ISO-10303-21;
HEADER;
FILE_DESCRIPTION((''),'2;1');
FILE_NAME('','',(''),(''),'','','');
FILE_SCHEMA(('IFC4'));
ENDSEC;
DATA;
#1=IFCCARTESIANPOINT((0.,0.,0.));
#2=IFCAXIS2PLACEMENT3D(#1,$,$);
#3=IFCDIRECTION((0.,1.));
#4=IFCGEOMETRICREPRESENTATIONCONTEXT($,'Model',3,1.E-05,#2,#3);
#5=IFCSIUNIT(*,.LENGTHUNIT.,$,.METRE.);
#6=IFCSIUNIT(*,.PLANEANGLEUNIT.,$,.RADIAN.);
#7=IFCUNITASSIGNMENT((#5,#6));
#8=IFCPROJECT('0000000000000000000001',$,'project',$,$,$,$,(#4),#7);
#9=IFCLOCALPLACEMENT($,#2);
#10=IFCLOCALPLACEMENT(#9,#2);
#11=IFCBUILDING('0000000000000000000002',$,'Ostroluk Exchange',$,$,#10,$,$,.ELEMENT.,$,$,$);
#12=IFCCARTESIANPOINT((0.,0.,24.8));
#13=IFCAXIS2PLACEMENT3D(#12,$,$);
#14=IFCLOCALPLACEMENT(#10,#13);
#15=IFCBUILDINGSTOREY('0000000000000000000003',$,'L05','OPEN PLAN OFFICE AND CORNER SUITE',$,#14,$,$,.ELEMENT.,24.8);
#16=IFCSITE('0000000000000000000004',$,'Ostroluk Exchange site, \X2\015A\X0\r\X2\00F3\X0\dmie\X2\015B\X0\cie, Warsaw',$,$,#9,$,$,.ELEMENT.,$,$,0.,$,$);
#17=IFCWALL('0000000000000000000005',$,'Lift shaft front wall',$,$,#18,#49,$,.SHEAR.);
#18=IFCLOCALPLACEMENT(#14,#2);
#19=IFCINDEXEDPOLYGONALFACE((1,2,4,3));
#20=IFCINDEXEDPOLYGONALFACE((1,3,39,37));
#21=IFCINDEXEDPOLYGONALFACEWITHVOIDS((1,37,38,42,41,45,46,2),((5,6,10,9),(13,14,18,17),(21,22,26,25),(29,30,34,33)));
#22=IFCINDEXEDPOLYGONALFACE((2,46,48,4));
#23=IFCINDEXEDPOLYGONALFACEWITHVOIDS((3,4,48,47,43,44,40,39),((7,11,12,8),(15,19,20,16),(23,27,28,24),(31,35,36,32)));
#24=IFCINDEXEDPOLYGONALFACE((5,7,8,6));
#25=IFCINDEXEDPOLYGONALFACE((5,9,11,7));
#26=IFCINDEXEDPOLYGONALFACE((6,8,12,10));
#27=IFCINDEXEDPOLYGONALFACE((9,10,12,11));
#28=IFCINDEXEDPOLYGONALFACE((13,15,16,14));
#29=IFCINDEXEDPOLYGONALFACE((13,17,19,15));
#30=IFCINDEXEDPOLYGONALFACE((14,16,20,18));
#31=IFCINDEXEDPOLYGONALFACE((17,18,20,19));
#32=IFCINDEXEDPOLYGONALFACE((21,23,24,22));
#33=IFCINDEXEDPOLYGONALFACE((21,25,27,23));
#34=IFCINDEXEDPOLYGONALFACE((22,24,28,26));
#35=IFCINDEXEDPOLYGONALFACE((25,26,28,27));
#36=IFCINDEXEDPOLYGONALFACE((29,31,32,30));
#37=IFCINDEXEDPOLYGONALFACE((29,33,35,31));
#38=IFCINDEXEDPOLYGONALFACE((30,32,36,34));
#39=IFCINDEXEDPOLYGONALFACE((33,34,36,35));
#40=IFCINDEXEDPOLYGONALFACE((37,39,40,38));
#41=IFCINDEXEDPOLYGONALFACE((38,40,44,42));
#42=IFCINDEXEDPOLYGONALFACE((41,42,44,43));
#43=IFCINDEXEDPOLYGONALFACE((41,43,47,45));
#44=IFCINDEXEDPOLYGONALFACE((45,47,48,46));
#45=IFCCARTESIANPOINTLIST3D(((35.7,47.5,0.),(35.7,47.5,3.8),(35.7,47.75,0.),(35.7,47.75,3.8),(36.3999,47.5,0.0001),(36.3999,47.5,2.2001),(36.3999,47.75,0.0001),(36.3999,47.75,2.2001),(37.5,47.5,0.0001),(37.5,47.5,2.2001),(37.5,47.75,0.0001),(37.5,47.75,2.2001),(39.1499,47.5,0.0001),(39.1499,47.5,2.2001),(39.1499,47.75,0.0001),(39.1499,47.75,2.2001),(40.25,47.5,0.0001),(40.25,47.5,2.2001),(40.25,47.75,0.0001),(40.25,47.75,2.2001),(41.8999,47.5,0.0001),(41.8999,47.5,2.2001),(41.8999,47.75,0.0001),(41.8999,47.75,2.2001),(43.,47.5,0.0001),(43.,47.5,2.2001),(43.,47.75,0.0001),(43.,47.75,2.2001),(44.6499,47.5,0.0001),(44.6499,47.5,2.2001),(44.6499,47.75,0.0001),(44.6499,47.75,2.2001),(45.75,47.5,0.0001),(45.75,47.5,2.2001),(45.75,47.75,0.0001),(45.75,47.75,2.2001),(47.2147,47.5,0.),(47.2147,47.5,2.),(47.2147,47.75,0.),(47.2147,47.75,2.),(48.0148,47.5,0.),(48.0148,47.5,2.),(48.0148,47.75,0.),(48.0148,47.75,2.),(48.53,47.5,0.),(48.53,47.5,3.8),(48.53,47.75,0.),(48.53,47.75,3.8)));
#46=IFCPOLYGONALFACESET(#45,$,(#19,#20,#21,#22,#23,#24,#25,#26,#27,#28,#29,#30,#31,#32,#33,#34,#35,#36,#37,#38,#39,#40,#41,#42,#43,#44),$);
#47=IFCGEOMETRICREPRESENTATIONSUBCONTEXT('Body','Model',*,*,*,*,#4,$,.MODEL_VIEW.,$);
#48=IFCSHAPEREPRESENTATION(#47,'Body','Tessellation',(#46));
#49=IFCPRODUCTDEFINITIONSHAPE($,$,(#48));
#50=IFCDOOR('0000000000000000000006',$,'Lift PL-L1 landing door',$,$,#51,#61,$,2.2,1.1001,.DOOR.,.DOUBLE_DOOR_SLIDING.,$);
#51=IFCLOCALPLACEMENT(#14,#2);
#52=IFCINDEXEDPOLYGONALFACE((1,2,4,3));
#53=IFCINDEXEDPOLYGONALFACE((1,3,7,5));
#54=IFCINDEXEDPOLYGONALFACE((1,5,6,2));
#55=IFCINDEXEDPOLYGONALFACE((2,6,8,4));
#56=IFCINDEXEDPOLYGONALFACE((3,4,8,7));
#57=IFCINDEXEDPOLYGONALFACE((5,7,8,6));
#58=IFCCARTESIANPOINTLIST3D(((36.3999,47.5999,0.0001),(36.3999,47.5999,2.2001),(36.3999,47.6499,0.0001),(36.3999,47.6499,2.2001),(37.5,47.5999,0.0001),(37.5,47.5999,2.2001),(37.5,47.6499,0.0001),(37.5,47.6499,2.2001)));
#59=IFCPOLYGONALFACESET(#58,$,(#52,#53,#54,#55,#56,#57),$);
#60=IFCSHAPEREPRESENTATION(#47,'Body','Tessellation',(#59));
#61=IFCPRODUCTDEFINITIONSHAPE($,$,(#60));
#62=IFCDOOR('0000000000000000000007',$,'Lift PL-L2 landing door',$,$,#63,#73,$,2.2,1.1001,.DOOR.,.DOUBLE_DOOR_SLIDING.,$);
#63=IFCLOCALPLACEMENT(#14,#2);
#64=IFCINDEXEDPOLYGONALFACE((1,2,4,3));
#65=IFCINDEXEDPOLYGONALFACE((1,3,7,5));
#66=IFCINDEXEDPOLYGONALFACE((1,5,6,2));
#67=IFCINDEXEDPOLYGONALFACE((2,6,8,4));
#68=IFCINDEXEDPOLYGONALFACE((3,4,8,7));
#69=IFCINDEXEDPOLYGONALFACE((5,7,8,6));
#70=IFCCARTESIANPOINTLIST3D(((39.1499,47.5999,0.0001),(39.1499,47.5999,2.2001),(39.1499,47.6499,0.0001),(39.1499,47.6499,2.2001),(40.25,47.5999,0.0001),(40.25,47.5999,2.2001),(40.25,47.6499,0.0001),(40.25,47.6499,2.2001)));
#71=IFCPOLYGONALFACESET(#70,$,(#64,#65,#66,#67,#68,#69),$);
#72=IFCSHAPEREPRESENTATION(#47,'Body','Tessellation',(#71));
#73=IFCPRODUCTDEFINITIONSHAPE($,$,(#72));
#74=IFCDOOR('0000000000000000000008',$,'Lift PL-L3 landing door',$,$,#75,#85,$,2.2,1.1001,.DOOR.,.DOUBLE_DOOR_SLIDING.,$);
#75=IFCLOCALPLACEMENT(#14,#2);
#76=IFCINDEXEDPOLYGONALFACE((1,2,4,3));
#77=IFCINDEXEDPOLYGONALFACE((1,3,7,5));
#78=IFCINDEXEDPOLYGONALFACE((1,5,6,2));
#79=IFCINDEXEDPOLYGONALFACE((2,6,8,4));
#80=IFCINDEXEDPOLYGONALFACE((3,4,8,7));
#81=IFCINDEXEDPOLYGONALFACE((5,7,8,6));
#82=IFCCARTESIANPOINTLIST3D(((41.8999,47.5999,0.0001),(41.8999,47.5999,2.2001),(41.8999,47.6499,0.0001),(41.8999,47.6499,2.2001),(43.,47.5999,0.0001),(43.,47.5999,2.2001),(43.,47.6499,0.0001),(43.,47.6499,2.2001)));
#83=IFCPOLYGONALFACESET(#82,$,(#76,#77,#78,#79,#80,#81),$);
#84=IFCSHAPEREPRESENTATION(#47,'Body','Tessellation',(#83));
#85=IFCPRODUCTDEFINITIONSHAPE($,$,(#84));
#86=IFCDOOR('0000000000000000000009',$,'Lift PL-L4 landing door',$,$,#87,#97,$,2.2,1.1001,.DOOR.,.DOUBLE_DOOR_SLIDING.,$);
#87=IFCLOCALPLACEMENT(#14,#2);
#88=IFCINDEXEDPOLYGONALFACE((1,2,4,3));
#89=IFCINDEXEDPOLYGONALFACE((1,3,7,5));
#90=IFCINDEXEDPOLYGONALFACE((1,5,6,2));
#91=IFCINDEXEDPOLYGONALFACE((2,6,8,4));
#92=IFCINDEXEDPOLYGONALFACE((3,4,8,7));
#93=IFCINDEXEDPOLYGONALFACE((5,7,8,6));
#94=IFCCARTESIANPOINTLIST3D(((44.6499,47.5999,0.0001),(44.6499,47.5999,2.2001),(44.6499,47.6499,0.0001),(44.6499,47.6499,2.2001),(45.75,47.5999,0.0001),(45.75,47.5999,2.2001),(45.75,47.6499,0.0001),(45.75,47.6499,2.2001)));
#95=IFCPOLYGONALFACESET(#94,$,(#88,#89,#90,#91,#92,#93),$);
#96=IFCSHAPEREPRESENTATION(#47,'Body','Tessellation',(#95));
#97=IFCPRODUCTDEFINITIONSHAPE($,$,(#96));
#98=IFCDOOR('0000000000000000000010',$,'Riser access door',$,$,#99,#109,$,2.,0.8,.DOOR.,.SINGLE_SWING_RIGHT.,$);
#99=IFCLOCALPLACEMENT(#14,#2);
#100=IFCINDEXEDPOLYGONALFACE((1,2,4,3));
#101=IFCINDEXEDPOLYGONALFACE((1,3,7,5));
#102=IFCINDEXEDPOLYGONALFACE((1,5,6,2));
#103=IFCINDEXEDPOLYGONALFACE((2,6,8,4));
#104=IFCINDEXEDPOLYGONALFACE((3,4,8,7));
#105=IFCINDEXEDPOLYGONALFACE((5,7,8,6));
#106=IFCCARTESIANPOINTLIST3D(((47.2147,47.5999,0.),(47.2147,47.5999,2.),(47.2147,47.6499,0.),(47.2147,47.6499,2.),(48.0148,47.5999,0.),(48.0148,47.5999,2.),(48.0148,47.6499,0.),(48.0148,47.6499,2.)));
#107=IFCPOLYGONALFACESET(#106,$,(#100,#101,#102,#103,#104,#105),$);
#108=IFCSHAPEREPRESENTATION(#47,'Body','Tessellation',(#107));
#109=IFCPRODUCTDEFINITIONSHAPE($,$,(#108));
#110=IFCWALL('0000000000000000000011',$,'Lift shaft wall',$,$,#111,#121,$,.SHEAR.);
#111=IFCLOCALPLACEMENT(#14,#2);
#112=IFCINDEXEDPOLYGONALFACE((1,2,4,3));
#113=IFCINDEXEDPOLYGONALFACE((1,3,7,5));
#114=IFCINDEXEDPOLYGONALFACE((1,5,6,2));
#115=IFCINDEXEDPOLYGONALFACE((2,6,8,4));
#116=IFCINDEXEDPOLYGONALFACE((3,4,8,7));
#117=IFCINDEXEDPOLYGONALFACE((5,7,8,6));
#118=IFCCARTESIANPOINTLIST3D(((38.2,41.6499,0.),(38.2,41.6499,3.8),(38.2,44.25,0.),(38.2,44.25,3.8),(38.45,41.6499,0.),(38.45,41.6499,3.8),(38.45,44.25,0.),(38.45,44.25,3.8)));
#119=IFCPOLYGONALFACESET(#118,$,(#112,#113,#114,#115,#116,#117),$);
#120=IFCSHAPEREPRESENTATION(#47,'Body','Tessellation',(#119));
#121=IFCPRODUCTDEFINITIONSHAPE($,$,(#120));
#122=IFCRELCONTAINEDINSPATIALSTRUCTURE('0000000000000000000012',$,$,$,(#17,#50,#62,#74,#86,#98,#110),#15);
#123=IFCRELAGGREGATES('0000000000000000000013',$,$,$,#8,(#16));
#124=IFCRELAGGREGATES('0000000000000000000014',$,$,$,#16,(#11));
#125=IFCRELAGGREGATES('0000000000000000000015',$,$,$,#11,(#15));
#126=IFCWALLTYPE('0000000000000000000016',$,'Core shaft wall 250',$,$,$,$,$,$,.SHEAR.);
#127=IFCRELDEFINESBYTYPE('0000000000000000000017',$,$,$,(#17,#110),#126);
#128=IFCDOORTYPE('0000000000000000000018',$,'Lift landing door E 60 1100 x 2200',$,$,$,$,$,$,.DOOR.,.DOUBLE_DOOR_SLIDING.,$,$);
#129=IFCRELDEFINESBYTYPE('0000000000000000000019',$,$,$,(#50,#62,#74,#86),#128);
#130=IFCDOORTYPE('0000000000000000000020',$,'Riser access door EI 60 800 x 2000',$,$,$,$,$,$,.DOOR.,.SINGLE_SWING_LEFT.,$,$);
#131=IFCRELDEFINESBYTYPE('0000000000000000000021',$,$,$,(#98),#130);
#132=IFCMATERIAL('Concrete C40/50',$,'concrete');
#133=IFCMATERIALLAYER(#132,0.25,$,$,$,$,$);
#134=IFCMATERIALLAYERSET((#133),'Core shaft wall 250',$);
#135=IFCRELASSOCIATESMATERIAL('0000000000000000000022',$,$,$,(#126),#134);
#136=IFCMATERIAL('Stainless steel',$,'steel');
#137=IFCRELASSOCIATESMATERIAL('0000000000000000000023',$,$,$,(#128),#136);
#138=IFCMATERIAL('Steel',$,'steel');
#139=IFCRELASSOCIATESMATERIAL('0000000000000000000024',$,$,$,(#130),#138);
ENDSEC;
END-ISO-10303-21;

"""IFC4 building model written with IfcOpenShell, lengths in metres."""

from ifc_helpers import new_model, si_unit, direction, frame, frame_2d, origin, place, context, subcontext, project, spatial, rectangle, extrude, material, layer, layer_set, type_object, element, fill, save


model = new_model("IFC4")

# Units and contexts
model_context = context("Model", 3, precision=1e-05, world=origin(), true_north=direction((0.0, 1.0)))
body_context = subcontext(model_context, "Body", "Model", "MODEL_VIEW")
ifc_project = project(units=[si_unit("LENGTHUNIT", "METRE"), si_unit("PLANEANGLEUNIT", "RADIAN")], contexts=[model_context])

# Site, building, storey
site_placement = place(None, origin())
site = spatial("IfcSite", under=ifc_project, at=site_placement, Name="Ostroluk Exchange site, Śródmieście, Warsaw", CompositionType="ELEMENT", RefElevation=0.0)
building_placement = place(site_placement, origin())
building = spatial("IfcBuilding", under=site, at=building_placement, Name="Ostroluk Exchange", CompositionType="ELEMENT")
storey_placement = place(building_placement, frame((0.0, 0.0, 24.8)))
storey = spatial("IfcBuildingStorey", under=building, at=storey_placement, Name="L05", Description="OPEN PLAN OFFICE AND CORNER SUITE", CompositionType="ELEMENT", Elevation=24.8)

# Shared definitions
ifc_material_1 = material(Name="Concrete C40/50", Category="concrete")
ifc_layer = layer(ifc_material_1, 0.25)
ifc_layer_set = layer_set([ifc_layer], Name="Core shaft wall 250")
wall_type = type_object("IfcWallType", Name="Core shaft wall 250", PredefinedType="SHEAR", material=ifc_layer_set)

# Wall, openings, doors
wall_1_placement = place(storey_placement, frame((35.7, 47.625, 0.0), z_axis=(0.0, 0.0, 1.0), x_axis=(1.0, 0.0, 0.0)))
wall_1 = element("IfcWall", 1, at=wall_1_placement, inside=storey, type_object=wall_type, Name="Lift shaft front wall", PredefinedType="SHEAR", context=body_context, shape_type="SweptSolid", body=[
    extrude(rectangle(XDim=12.8301, YDim=0.25, at=frame_2d((6.415, 0.0))), origin(), (0.0, 0.0, 1.0), 3.8),
])
opening_1_placement = place(wall_1_placement, frame((0.7, 0.0, 0.0)))
opening_1 = element("IfcOpeningElement", 2, at=opening_1_placement, cuts=wall_1, PredefinedType="OPENING", context=body_context, shape_type="SweptSolid", body=[
    extrude(rectangle(XDim=1.1001, YDim=2.2, at=frame_2d((0.55, 1.1001))), frame((0.0, 0.135, 0.0), z_axis=(0.0, -1.0, 0.0), x_axis=(1.0, 0.0, 0.0)), (0.0, 0.0, 1.0), 0.27),
])
opening_2_placement = place(wall_1_placement, frame((3.45, 0.0, 0.0)))
opening_2 = element("IfcOpeningElement", 3, at=opening_2_placement, cuts=wall_1, PredefinedType="OPENING", context=body_context, shape_type="SweptSolid", body=[
    extrude(rectangle(XDim=1.1001, YDim=2.2, at=frame_2d((0.55, 1.1001))), frame((0.0, 0.135, 0.0), z_axis=(0.0, -1.0, 0.0), x_axis=(1.0, 0.0, 0.0)), (0.0, 0.0, 1.0), 0.27),
])
opening_3_placement = place(wall_1_placement, frame((6.2, 0.0, 0.0)))
opening_3 = element("IfcOpeningElement", 4, at=opening_3_placement, cuts=wall_1, PredefinedType="OPENING", context=body_context, shape_type="SweptSolid", body=[
    extrude(rectangle(XDim=1.1001, YDim=2.2, at=frame_2d((0.55, 1.1001))), frame((0.0, 0.135, 0.0), z_axis=(0.0, -1.0, 0.0), x_axis=(1.0, 0.0, 0.0)), (0.0, 0.0, 1.0), 0.27),
])
opening_4_placement = place(wall_1_placement, frame((8.95, 0.0, 0.0)))
opening_4 = element("IfcOpeningElement", 5, at=opening_4_placement, cuts=wall_1, PredefinedType="OPENING", context=body_context, shape_type="SweptSolid", body=[
    extrude(rectangle(XDim=1.1001, YDim=2.2, at=frame_2d((0.55, 1.1001))), frame((0.0, 0.135, 0.0), z_axis=(0.0, -1.0, 0.0), x_axis=(1.0, 0.0, 0.0)), (0.0, 0.0, 1.0), 0.27),
])
opening_5_placement = place(wall_1_placement, frame((11.5149, 0.0, 0.0)))
opening_5 = element("IfcOpeningElement", 6, at=opening_5_placement, cuts=wall_1, PredefinedType="OPENING", context=body_context, shape_type="SweptSolid", body=[
    extrude(rectangle(XDim=0.8, YDim=2.0, at=frame_2d((0.3999, 1.0))), frame((0.0, 0.135, 0.0), z_axis=(0.0, -1.0, 0.0), x_axis=(1.0, 0.0, 0.0)), (0.0, 0.0, 1.0), 0.27),
])
ifc_material_2 = material(Name="Stainless steel", Category="steel")
door_type_1 = type_object("IfcDoorType", Name="Lift landing door E 60 1100 x 2200", OperationType="DOUBLE_DOOR_SLIDING", PredefinedType="DOOR", material=ifc_material_2)
door_1_placement = place(opening_1_placement, origin())
door_1 = element("IfcDoor", 7, at=door_1_placement, inside=storey, type_object=door_type_1, Name="Lift PL-L1 landing door", OperationType="DOUBLE_DOOR_SLIDING", OverallHeight=2.2, OverallWidth=1.1001, PredefinedType="DOOR", context=body_context, shape_type="SweptSolid", body=[
    extrude(rectangle(XDim=1.1001, YDim=2.2, at=frame_2d((0.55, 1.1001))), frame((0.0, 0.0249, 0.0), z_axis=(0.0, -1.0, 0.0), x_axis=(1.0, 0.0, 0.0)), (0.0, 0.0, 1.0), 0.05),
])
fill(opening_1, door_1)
door_2_placement = place(opening_2_placement, origin())
door_2 = element("IfcDoor", 8, at=door_2_placement, inside=storey, type_object=door_type_1, Name="Lift PL-L2 landing door", OperationType="DOUBLE_DOOR_SLIDING", OverallHeight=2.2, OverallWidth=1.1001, PredefinedType="DOOR", context=body_context, shape_type="SweptSolid", body=[
    extrude(rectangle(XDim=1.1001, YDim=2.2, at=frame_2d((0.55, 1.1001))), frame((0.0, 0.0249, 0.0), z_axis=(0.0, -1.0, 0.0), x_axis=(1.0, 0.0, 0.0)), (0.0, 0.0, 1.0), 0.05),
])
fill(opening_2, door_2)
door_3_placement = place(opening_3_placement, origin())
door_3 = element("IfcDoor", 9, at=door_3_placement, inside=storey, type_object=door_type_1, Name="Lift PL-L3 landing door", OperationType="DOUBLE_DOOR_SLIDING", OverallHeight=2.2, OverallWidth=1.1001, PredefinedType="DOOR", context=body_context, shape_type="SweptSolid", body=[
    extrude(rectangle(XDim=1.1001, YDim=2.2, at=frame_2d((0.55, 1.1001))), frame((0.0, 0.0249, 0.0), z_axis=(0.0, -1.0, 0.0), x_axis=(1.0, 0.0, 0.0)), (0.0, 0.0, 1.0), 0.05),
])
fill(opening_3, door_3)
door_4_placement = place(opening_4_placement, origin())
door_4 = element("IfcDoor", 10, at=door_4_placement, inside=storey, type_object=door_type_1, Name="Lift PL-L4 landing door", OperationType="DOUBLE_DOOR_SLIDING", OverallHeight=2.2, OverallWidth=1.1001, PredefinedType="DOOR", context=body_context, shape_type="SweptSolid", body=[
    extrude(rectangle(XDim=1.1001, YDim=2.2, at=frame_2d((0.55, 1.1001))), frame((0.0, 0.0249, 0.0), z_axis=(0.0, -1.0, 0.0), x_axis=(1.0, 0.0, 0.0)), (0.0, 0.0, 1.0), 0.05),
])
fill(opening_4, door_4)
ifc_material_3 = material(Name="Steel", Category="steel")
door_type_2 = type_object("IfcDoorType", Name="Riser access door EI 60 800 x 2000", OperationType="SINGLE_SWING_LEFT", PredefinedType="DOOR", material=ifc_material_3)
door_5_placement = place(opening_5_placement, origin())
door_5 = element("IfcDoor", 11, at=door_5_placement, inside=storey, type_object=door_type_2, Name="Riser access door", OperationType="SINGLE_SWING_RIGHT", OverallHeight=2.0, OverallWidth=0.8, PredefinedType="DOOR", context=body_context, shape_type="SweptSolid", body=[
    extrude(rectangle(XDim=0.8, YDim=2.0, at=frame_2d((0.3999, 1.0))), frame((0.0, 0.0249, 0.0), z_axis=(0.0, -1.0, 0.0), x_axis=(1.0, 0.0, 0.0)), (0.0, 0.0, 1.0), 0.05),
])
fill(opening_5, door_5)

# Wall
wall_2_placement = place(storey_placement, frame((38.325, 44.25, 0.0), z_axis=(0.0, 0.0, 1.0), x_axis=(0.0, -1.0, 0.0)))
element("IfcWall", 12, at=wall_2_placement, inside=storey, type_object=wall_type, Name="Lift shaft wall", PredefinedType="SHEAR", context=body_context, shape_type="SweptSolid", body=[
    extrude(rectangle(XDim=2.6001, YDim=0.25, at=frame_2d((1.3, 0.0))), origin(), (0.0, 0.0, 1.0), 3.8),
])

save(model, "model.ifc")
